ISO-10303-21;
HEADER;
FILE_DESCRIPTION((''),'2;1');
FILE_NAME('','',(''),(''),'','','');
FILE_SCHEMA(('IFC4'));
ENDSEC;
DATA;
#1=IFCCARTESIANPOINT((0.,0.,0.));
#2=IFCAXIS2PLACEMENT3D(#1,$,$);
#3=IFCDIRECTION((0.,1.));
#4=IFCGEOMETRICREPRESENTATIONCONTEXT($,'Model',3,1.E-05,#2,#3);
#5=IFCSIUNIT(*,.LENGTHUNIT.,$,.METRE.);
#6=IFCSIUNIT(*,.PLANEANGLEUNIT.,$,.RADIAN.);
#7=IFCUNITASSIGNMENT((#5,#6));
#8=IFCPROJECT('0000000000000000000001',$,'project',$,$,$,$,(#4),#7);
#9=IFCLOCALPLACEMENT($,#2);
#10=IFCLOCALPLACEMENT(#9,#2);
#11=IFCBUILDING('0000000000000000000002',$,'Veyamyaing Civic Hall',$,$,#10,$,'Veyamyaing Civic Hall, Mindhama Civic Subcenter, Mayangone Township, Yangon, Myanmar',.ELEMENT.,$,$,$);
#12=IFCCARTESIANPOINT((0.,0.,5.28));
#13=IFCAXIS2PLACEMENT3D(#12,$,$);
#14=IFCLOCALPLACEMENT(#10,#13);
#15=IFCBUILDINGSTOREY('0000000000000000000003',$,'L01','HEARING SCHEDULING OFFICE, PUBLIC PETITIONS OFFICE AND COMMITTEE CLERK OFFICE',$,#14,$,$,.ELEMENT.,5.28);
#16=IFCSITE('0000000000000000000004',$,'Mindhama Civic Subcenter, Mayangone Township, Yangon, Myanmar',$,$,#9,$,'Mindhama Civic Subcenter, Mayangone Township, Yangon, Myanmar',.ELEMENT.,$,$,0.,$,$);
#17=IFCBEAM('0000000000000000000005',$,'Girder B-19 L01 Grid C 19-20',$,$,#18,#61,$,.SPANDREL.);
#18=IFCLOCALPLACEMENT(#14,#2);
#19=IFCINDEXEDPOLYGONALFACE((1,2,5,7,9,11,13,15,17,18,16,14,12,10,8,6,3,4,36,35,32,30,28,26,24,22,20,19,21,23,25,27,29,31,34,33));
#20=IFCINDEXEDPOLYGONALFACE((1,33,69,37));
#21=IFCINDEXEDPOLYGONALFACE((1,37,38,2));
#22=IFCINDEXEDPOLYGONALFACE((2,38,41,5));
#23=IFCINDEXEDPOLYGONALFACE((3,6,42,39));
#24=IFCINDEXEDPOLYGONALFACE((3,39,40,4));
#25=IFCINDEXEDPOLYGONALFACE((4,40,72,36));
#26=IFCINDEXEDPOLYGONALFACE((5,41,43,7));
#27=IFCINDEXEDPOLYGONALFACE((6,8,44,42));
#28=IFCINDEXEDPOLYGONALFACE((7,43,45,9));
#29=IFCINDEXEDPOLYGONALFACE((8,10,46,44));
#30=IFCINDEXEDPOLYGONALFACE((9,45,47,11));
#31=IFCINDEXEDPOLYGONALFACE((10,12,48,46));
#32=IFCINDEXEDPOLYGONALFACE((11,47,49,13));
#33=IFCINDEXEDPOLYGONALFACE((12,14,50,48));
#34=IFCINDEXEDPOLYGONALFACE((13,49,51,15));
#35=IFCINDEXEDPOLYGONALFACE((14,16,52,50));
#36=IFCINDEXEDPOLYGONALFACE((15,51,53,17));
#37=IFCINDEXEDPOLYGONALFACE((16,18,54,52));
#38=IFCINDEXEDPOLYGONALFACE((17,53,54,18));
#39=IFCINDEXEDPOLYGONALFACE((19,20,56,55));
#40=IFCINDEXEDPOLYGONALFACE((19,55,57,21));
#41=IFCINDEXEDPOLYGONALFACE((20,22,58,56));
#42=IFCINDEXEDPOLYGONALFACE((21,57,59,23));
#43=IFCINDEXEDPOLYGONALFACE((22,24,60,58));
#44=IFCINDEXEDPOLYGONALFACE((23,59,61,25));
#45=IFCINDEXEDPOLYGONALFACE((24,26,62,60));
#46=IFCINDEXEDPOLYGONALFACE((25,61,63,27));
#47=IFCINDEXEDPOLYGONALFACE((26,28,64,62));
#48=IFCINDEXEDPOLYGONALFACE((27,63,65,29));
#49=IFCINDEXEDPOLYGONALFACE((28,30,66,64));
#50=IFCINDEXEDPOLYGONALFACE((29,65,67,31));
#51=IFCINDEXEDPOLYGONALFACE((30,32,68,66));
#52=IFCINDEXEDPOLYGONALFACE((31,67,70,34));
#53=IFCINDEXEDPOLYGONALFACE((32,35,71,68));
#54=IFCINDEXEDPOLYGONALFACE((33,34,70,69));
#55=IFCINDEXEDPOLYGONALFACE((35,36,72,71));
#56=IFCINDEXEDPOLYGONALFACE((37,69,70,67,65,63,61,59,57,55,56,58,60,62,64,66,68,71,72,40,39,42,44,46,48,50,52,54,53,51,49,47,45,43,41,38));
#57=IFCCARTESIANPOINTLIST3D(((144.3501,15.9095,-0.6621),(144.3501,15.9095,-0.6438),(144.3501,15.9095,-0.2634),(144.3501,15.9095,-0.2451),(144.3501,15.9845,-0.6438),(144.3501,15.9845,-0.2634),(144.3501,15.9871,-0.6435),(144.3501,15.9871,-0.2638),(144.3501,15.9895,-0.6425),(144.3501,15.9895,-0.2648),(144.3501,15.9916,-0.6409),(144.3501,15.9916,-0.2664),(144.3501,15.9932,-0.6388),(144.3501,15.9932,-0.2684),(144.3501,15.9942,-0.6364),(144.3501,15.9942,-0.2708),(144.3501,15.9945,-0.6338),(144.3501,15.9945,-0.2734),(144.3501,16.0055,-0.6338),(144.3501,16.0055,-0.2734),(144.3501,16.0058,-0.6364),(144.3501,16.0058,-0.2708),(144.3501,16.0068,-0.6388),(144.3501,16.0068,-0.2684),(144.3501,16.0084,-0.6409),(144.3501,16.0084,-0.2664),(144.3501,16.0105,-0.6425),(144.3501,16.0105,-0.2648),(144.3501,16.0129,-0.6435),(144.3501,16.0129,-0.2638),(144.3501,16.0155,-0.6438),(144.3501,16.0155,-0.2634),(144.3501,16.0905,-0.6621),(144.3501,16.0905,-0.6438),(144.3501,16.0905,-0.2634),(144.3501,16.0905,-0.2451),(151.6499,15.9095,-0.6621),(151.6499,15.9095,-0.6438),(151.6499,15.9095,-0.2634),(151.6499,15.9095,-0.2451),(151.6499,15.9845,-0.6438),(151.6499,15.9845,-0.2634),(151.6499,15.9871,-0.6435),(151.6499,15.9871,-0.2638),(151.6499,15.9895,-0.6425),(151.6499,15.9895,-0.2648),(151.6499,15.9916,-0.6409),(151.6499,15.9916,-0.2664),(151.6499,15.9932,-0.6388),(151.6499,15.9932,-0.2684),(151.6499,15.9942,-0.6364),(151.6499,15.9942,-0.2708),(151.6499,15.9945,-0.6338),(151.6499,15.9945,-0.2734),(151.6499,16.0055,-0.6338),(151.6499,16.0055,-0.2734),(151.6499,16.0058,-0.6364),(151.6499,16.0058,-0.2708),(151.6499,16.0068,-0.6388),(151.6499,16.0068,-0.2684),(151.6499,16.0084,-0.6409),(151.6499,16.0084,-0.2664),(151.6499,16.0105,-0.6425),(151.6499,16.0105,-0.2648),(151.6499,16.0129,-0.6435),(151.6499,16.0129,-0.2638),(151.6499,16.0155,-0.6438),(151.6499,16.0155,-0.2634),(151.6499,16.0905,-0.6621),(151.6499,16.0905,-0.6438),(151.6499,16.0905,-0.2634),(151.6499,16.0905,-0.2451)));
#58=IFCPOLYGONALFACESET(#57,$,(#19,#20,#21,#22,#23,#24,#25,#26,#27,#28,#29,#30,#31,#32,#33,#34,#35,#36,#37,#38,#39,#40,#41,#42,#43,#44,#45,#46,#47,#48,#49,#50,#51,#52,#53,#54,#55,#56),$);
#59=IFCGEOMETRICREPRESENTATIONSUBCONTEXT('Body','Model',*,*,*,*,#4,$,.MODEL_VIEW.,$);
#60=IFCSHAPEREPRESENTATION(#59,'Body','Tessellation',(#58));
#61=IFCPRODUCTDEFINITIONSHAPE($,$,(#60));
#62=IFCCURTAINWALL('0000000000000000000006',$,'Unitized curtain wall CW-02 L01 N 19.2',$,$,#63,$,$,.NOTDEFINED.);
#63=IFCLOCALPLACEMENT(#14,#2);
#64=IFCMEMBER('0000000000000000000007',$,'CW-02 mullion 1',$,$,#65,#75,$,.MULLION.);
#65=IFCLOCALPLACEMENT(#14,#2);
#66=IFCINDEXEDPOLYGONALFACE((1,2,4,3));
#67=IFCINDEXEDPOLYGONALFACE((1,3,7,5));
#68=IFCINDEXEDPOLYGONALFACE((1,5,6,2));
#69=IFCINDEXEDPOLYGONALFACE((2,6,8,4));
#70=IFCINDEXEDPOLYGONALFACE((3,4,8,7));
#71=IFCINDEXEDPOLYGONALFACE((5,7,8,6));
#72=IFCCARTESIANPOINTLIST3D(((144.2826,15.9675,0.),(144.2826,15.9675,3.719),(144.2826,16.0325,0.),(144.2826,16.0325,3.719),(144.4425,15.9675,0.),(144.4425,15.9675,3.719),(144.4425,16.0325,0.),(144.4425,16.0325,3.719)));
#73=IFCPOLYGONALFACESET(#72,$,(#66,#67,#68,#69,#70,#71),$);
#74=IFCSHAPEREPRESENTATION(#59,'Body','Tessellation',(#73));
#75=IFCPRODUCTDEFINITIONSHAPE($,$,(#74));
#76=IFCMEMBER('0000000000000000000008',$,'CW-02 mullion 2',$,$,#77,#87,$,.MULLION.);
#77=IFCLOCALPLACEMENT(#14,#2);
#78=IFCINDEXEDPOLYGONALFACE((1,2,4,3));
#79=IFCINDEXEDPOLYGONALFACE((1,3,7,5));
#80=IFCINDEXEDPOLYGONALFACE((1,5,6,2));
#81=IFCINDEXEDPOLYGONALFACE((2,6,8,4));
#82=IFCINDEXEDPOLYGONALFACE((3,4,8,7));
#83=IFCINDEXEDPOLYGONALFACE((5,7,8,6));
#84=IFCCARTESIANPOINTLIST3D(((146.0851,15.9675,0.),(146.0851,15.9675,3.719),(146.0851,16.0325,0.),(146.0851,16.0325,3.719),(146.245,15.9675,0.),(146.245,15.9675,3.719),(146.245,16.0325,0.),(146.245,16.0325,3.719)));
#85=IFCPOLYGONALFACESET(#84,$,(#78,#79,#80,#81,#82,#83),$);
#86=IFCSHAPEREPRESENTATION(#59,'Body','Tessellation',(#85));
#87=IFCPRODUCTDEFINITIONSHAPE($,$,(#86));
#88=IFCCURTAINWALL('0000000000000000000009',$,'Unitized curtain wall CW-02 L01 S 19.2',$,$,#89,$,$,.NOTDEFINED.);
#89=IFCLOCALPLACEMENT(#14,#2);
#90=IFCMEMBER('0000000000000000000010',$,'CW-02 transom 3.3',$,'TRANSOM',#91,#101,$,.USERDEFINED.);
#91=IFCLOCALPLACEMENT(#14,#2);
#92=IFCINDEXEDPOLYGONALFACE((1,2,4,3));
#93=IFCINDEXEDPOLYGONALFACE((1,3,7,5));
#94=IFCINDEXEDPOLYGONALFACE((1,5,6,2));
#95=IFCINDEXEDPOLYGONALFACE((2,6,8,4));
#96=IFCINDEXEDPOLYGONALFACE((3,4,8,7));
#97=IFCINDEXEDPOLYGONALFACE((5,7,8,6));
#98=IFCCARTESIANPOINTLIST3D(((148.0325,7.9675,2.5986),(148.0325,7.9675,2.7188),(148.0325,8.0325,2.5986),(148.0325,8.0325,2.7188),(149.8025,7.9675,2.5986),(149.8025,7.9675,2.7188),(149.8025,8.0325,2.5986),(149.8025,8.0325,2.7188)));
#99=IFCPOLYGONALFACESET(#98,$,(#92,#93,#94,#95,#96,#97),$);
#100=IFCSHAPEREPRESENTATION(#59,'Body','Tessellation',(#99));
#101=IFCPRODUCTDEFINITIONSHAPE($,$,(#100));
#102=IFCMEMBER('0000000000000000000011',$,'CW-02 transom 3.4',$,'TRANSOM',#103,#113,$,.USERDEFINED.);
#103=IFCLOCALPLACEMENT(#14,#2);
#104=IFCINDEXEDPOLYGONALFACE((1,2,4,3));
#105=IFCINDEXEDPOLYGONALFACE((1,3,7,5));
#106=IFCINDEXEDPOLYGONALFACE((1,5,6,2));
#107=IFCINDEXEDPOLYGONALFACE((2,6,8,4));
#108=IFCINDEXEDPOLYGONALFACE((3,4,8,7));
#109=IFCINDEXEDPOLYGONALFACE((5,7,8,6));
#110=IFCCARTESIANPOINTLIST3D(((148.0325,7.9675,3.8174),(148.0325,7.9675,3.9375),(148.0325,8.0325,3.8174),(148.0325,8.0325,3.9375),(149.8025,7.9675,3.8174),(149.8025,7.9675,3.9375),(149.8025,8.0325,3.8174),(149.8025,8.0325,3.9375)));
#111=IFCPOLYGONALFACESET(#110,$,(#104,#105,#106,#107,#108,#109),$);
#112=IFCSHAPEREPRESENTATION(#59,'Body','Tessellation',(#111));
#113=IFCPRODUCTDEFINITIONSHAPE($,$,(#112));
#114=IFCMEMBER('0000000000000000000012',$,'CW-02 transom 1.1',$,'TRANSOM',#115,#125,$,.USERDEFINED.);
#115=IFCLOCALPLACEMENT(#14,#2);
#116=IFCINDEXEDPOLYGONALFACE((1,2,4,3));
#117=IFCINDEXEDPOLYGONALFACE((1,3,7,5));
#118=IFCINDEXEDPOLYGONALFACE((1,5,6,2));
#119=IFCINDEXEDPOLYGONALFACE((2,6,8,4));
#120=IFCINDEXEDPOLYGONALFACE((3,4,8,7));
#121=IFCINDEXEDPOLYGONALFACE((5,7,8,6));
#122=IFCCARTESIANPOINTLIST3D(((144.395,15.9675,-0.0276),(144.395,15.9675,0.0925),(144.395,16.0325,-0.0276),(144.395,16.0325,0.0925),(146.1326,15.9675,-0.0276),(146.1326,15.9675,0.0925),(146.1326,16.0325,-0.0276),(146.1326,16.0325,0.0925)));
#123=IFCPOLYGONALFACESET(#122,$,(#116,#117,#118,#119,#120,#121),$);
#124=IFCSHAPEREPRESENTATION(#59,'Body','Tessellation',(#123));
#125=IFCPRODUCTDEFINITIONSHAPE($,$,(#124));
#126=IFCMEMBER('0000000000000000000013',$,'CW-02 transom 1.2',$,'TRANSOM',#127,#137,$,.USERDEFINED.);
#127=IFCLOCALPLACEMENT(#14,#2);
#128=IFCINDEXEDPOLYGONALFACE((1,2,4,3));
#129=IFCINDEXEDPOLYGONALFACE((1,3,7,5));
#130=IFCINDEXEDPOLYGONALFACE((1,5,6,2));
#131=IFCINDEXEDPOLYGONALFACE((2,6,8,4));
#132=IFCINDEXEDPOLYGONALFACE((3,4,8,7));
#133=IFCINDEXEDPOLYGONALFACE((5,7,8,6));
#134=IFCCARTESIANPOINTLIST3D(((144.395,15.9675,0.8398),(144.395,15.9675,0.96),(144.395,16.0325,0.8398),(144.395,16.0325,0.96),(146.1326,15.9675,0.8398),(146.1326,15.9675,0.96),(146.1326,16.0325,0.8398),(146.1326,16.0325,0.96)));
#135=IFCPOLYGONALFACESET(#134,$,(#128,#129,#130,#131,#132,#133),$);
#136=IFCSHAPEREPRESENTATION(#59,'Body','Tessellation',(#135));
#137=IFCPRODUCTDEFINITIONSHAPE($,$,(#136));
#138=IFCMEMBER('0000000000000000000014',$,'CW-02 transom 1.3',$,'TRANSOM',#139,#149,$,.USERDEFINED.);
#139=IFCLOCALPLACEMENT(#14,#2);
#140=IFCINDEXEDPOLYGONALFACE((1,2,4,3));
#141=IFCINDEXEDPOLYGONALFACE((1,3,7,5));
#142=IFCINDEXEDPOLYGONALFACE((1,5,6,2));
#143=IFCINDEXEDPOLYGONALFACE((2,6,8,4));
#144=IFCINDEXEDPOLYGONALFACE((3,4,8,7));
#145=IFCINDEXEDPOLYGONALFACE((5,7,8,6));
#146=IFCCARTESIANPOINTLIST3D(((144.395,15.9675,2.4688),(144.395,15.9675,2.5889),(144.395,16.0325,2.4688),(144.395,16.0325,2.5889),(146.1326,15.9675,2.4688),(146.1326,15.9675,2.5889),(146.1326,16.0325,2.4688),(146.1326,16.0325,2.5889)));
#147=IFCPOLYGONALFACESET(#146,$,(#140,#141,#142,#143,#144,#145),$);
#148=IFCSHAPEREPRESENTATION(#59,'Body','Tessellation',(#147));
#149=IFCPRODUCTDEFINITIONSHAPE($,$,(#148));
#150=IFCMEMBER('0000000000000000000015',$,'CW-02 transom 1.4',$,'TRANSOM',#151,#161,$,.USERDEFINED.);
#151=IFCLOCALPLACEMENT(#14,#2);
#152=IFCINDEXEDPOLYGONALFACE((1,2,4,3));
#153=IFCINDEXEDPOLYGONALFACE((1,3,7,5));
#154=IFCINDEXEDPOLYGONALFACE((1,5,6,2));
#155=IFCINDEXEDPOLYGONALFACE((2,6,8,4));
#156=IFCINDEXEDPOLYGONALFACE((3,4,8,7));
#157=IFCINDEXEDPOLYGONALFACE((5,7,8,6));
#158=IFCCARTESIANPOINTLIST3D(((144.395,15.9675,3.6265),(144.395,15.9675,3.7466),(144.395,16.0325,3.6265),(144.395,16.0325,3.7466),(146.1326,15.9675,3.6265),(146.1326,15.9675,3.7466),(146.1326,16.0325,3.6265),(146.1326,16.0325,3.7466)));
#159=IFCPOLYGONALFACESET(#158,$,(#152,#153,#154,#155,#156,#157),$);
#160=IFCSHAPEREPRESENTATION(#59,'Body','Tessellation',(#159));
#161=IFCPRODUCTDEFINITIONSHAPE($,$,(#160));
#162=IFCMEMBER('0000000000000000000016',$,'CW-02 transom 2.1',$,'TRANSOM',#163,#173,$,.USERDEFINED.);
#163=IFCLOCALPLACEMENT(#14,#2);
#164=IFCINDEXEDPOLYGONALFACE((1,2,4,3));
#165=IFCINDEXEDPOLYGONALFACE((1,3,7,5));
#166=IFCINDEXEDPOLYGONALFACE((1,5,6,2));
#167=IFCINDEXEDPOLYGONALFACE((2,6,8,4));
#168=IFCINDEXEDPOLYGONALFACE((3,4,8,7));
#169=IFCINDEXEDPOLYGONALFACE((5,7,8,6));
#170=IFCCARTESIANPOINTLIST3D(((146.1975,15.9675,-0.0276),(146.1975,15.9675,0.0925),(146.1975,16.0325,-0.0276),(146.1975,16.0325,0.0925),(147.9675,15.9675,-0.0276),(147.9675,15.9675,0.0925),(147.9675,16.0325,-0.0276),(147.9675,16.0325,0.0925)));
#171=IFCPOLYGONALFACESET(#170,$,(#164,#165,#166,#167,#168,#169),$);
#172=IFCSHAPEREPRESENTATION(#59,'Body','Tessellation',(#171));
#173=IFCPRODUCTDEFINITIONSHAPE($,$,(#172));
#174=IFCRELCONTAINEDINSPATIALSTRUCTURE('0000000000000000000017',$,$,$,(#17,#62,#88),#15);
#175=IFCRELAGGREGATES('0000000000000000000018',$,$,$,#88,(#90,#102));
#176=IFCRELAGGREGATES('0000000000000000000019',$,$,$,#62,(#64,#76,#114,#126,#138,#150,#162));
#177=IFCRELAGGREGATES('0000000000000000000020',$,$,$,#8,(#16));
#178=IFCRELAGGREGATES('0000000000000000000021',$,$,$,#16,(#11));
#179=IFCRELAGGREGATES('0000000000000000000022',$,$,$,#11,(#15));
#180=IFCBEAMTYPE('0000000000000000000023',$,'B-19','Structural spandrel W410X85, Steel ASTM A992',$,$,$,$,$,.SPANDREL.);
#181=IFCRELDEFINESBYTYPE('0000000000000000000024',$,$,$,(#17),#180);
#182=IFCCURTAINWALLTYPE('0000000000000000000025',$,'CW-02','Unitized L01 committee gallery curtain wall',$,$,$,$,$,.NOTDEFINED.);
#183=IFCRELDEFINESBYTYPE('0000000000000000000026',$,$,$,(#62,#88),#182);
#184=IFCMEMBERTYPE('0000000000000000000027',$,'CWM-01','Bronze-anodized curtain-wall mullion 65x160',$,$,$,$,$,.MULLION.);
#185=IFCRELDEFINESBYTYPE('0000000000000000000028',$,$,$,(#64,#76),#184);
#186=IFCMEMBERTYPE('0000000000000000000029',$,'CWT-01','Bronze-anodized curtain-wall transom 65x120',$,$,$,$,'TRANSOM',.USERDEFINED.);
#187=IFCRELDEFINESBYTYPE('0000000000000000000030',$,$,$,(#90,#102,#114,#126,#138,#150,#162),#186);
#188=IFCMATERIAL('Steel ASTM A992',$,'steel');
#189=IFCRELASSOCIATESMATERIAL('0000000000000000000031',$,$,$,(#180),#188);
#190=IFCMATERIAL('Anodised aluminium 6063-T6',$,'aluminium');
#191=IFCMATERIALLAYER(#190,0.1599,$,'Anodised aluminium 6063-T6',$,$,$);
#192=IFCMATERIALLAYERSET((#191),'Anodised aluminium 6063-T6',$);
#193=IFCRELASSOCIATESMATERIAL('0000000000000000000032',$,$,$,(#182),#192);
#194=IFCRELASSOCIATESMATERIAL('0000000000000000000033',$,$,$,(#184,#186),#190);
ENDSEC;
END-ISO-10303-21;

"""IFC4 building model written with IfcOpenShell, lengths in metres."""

from ifc_helpers import new_model, si_unit, direction, frame, origin, origin_2d, place, context, subcontext, project, spatial, rectangle, i_section, extrude, material, layer, layer_set, material_profile, profile_set, type_object, element, aggregate, save


model = new_model("IFC4")

# Units and contexts
model_context = context("Model", 3, precision=1e-05, world=origin(), true_north=direction((0.0, 1.0)))
body_context = subcontext(model_context, "Body", "Model", "MODEL_VIEW")
ifc_project = project(units=[si_unit("LENGTHUNIT", "METRE"), si_unit("PLANEANGLEUNIT", "RADIAN")], contexts=[model_context])

# Site, building, storey
site_placement = place(None, origin())
site = spatial("IfcSite", under=ifc_project, at=site_placement, Name="Mindhama Civic Subcenter, Mayangone Township, Yangon, Myanmar", LongName="Mindhama Civic Subcenter, Mayangone Township, Yangon, Myanmar", CompositionType="ELEMENT", RefElevation=0.0)
building_placement = place(site_placement, origin())
building = spatial("IfcBuilding", under=site, at=building_placement, Name="Veyamyaing Civic Hall", LongName="Veyamyaing Civic Hall, Mindhama Civic Subcenter, Mayangone Township, Yangon, Myanmar", CompositionType="ELEMENT")
storey_placement = place(building_placement, frame((0.0, 0.0, 5.28)))
storey = spatial("IfcBuildingStorey", under=building, at=storey_placement, Name="L01", Description="HEARING SCHEDULING OFFICE, PUBLIC PETITIONS OFFICE AND COMMITTEE CLERK OFFICE", CompositionType="ELEMENT", Elevation=5.28)

# Beam
ifc_material_1 = material(Name="Steel ASTM A992", Category="steel")
ifc_material_profile_1 = material_profile(ifc_material_1, i_section(OverallWidth=0.1809, OverallDepth=0.417, WebThickness=0.011, FlangeThickness=0.0183, FilletRadius=0.01, at=origin_2d()), Name="W410X85")
ifc_profile_set_1 = profile_set([ifc_material_profile_1], Name="Steel ASTM A992")
beam_type_1 = type_object("IfcBeamType", Name="B-19", Description="Structural spandrel W410X85, Steel ASTM A992", PredefinedType="SPANDREL", material=ifc_profile_set_1)
beam_placement = place(storey_placement, frame((144.3501, 16.0, -0.4536), z_axis=(1.0, 0.0, 0.0), x_axis=(0.0, 1.0, 0.0)))
element("IfcBeam", 1, at=beam_placement, inside=storey, type_object=beam_type_1, Name="Girder B-19 L01 Grid C 19-20", PredefinedType="SPANDREL", context=body_context, shape_type="SweptSolid", body=[
    extrude(i_section(OverallWidth=0.1809, OverallDepth=0.417, WebThickness=0.011, FlangeThickness=0.0183, FilletRadius=0.01, at=origin_2d()), origin(), (0.0, 0.0, 1.0), 7.2998),
])

# Curtain walls, members
ifc_material_2 = material(Name="Anodised aluminium 6063-T6", Category="aluminium")
ifc_layer_1 = layer(ifc_material_2, 0.1599, Name="Anodised aluminium 6063-T6")
ifc_layer_set_1 = layer_set([ifc_layer_1], Name="Anodised aluminium 6063-T6")
curtain_wall_type = type_object("IfcCurtainWallType", Name="CW-02", Description="Unitized L01 committee gallery curtain wall", PredefinedType="NOTDEFINED", material=ifc_layer_set_1)
curtain_wall_1_placement = place(storey_placement, origin())
curtain_wall_1 = element("IfcCurtainWall", 2, at=curtain_wall_1_placement, inside=storey, type_object=curtain_wall_type, Name="Unitized curtain wall CW-02 L01 N 19.2", PredefinedType="NOTDEFINED")
ifc_material_profile_2 = material_profile(ifc_material_2, rectangle(XDim=0.0649, YDim=0.1599, at=origin_2d()), Name="ALU-MUL-65X160")
ifc_profile_set_2 = profile_set([ifc_material_profile_2], Name="Anodised aluminium 6063-T6")
member_type_1 = type_object("IfcMemberType", Name="CWM-01", Description="Bronze-anodized curtain-wall mullion 65x160", PredefinedType="MULLION", material=ifc_profile_set_2)
member_1_placement = place(storey_placement, frame((144.3625, 16.0, 0.0), z_axis=(0.0, 0.0, 1.0), x_axis=(0.0, 1.0, 0.0)))
member_1 = element("IfcMember", 3, at=member_1_placement, type_object=member_type_1, Name="CW-02 mullion 1", PredefinedType="MULLION", context=body_context, shape_type="SweptSolid", body=[
    extrude(rectangle(XDim=0.0649, YDim=0.1599, at=origin_2d()), origin(), (0.0, 0.0, 1.0), 3.719),
])
member_2_placement = place(storey_placement, frame((146.165, 16.0, 0.0), z_axis=(0.0, 0.0, 1.0), x_axis=(0.0, 1.0, 0.0)))
member_2 = element("IfcMember", 4, at=member_2_placement, type_object=member_type_1, Name="CW-02 mullion 2", PredefinedType="MULLION", context=body_context, shape_type="SweptSolid", body=[
    extrude(rectangle(XDim=0.0649, YDim=0.1599, at=origin_2d()), origin(), (0.0, 0.0, 1.0), 3.719),
])
curtain_wall_2_placement = place(storey_placement, origin())
curtain_wall_2 = element("IfcCurtainWall", 5, at=curtain_wall_2_placement, inside=storey, type_object=curtain_wall_type, Name="Unitized curtain wall CW-02 L01 S 19.2", PredefinedType="NOTDEFINED")
ifc_material_profile_3 = material_profile(ifc_material_2, rectangle(XDim=0.0649, YDim=0.1201, at=origin_2d()), Name="ALU-TRN-65X120")
ifc_profile_set_3 = profile_set([ifc_material_profile_3], Name="Anodised aluminium 6063-T6")
member_type_2 = type_object("IfcMemberType", Name="CWT-01", Description="Bronze-anodized curtain-wall transom 65x120", ElementType="TRANSOM", PredefinedType="USERDEFINED", material=ifc_profile_set_3)
member_3_placement = place(storey_placement, frame((148.0325, 8.0, 2.6587), z_axis=(1.0, 0.0, 0.0), x_axis=(0.0, 1.0, 0.0)))
member_3 = element("IfcMember", 6, at=member_3_placement, type_object=member_type_2, Name="CW-02 transom 3.3", ObjectType="TRANSOM", PredefinedType="USERDEFINED", context=body_context, shape_type="SweptSolid", body=[
    extrude(rectangle(XDim=0.0649, YDim=0.1201, at=origin_2d()), origin(), (0.0, 0.0, 1.0), 1.77),
])
member_4_placement = place(storey_placement, frame((148.0325, 8.0, 3.8774), z_axis=(1.0, 0.0, 0.0), x_axis=(0.0, 1.0, 0.0)))
member_4 = element("IfcMember", 7, at=member_4_placement, type_object=member_type_2, Name="CW-02 transom 3.4", ObjectType="TRANSOM", PredefinedType="USERDEFINED", context=body_context, shape_type="SweptSolid", body=[
    extrude(rectangle(XDim=0.0649, YDim=0.1201, at=origin_2d()), origin(), (0.0, 0.0, 1.0), 1.77),
])

# Members
member_5_placement = place(storey_placement, frame((144.395, 16.0, 0.0325), z_axis=(1.0, 0.0, 0.0), x_axis=(0.0, 1.0, 0.0)))
member_5 = element("IfcMember", 8, at=member_5_placement, type_object=member_type_2, Name="CW-02 transom 1.1", ObjectType="TRANSOM", PredefinedType="USERDEFINED", context=body_context, shape_type="SweptSolid", body=[
    extrude(rectangle(XDim=0.0649, YDim=0.1201, at=origin_2d()), origin(), (0.0, 0.0, 1.0), 1.7375),
])
member_6_placement = place(storey_placement, frame((144.395, 16.0, 0.8999), z_axis=(1.0, 0.0, 0.0), x_axis=(0.0, 1.0, 0.0)))
member_6 = element("IfcMember", 9, at=member_6_placement, type_object=member_type_2, Name="CW-02 transom 1.2", ObjectType="TRANSOM", PredefinedType="USERDEFINED", context=body_context, shape_type="SweptSolid", body=[
    extrude(rectangle(XDim=0.0649, YDim=0.1201, at=origin_2d()), origin(), (0.0, 0.0, 1.0), 1.7375),
])
member_7_placement = place(storey_placement, frame((144.395, 16.0, 2.5288), z_axis=(1.0, 0.0, 0.0), x_axis=(0.0, 1.0, 0.0)))
member_7 = element("IfcMember", 10, at=member_7_placement, type_object=member_type_2, Name="CW-02 transom 1.3", ObjectType="TRANSOM", PredefinedType="USERDEFINED", context=body_context, shape_type="SweptSolid", body=[
    extrude(rectangle(XDim=0.0649, YDim=0.1201, at=origin_2d()), origin(), (0.0, 0.0, 1.0), 1.7375),
])
member_8_placement = place(storey_placement, frame((144.395, 16.0, 3.6865), z_axis=(1.0, 0.0, 0.0), x_axis=(0.0, 1.0, 0.0)))
member_8 = element("IfcMember", 11, at=member_8_placement, type_object=member_type_2, Name="CW-02 transom 1.4", ObjectType="TRANSOM", PredefinedType="USERDEFINED", context=body_context, shape_type="SweptSolid", body=[
    extrude(rectangle(XDim=0.0649, YDim=0.1201, at=origin_2d()), origin(), (0.0, 0.0, 1.0), 1.7375),
])
member_9_placement = place(storey_placement, frame((146.1975, 16.0, 0.0325), z_axis=(1.0, 0.0, 0.0), x_axis=(0.0, 1.0, 0.0)))
member_9 = element("IfcMember", 12, at=member_9_placement, type_object=member_type_2, Name="CW-02 transom 2.1", ObjectType="TRANSOM", PredefinedType="USERDEFINED", context=body_context, shape_type="SweptSolid", body=[
    extrude(rectangle(XDim=0.0649, YDim=0.1201, at=origin_2d()), origin(), (0.0, 0.0, 1.0), 1.77),
])

aggregate(curtain_wall_2, [member_3, member_4])
aggregate(curtain_wall_1, [member_1, member_2, member_5, member_6, member_7, member_8, member_9])

save(model, "model.ifc")
